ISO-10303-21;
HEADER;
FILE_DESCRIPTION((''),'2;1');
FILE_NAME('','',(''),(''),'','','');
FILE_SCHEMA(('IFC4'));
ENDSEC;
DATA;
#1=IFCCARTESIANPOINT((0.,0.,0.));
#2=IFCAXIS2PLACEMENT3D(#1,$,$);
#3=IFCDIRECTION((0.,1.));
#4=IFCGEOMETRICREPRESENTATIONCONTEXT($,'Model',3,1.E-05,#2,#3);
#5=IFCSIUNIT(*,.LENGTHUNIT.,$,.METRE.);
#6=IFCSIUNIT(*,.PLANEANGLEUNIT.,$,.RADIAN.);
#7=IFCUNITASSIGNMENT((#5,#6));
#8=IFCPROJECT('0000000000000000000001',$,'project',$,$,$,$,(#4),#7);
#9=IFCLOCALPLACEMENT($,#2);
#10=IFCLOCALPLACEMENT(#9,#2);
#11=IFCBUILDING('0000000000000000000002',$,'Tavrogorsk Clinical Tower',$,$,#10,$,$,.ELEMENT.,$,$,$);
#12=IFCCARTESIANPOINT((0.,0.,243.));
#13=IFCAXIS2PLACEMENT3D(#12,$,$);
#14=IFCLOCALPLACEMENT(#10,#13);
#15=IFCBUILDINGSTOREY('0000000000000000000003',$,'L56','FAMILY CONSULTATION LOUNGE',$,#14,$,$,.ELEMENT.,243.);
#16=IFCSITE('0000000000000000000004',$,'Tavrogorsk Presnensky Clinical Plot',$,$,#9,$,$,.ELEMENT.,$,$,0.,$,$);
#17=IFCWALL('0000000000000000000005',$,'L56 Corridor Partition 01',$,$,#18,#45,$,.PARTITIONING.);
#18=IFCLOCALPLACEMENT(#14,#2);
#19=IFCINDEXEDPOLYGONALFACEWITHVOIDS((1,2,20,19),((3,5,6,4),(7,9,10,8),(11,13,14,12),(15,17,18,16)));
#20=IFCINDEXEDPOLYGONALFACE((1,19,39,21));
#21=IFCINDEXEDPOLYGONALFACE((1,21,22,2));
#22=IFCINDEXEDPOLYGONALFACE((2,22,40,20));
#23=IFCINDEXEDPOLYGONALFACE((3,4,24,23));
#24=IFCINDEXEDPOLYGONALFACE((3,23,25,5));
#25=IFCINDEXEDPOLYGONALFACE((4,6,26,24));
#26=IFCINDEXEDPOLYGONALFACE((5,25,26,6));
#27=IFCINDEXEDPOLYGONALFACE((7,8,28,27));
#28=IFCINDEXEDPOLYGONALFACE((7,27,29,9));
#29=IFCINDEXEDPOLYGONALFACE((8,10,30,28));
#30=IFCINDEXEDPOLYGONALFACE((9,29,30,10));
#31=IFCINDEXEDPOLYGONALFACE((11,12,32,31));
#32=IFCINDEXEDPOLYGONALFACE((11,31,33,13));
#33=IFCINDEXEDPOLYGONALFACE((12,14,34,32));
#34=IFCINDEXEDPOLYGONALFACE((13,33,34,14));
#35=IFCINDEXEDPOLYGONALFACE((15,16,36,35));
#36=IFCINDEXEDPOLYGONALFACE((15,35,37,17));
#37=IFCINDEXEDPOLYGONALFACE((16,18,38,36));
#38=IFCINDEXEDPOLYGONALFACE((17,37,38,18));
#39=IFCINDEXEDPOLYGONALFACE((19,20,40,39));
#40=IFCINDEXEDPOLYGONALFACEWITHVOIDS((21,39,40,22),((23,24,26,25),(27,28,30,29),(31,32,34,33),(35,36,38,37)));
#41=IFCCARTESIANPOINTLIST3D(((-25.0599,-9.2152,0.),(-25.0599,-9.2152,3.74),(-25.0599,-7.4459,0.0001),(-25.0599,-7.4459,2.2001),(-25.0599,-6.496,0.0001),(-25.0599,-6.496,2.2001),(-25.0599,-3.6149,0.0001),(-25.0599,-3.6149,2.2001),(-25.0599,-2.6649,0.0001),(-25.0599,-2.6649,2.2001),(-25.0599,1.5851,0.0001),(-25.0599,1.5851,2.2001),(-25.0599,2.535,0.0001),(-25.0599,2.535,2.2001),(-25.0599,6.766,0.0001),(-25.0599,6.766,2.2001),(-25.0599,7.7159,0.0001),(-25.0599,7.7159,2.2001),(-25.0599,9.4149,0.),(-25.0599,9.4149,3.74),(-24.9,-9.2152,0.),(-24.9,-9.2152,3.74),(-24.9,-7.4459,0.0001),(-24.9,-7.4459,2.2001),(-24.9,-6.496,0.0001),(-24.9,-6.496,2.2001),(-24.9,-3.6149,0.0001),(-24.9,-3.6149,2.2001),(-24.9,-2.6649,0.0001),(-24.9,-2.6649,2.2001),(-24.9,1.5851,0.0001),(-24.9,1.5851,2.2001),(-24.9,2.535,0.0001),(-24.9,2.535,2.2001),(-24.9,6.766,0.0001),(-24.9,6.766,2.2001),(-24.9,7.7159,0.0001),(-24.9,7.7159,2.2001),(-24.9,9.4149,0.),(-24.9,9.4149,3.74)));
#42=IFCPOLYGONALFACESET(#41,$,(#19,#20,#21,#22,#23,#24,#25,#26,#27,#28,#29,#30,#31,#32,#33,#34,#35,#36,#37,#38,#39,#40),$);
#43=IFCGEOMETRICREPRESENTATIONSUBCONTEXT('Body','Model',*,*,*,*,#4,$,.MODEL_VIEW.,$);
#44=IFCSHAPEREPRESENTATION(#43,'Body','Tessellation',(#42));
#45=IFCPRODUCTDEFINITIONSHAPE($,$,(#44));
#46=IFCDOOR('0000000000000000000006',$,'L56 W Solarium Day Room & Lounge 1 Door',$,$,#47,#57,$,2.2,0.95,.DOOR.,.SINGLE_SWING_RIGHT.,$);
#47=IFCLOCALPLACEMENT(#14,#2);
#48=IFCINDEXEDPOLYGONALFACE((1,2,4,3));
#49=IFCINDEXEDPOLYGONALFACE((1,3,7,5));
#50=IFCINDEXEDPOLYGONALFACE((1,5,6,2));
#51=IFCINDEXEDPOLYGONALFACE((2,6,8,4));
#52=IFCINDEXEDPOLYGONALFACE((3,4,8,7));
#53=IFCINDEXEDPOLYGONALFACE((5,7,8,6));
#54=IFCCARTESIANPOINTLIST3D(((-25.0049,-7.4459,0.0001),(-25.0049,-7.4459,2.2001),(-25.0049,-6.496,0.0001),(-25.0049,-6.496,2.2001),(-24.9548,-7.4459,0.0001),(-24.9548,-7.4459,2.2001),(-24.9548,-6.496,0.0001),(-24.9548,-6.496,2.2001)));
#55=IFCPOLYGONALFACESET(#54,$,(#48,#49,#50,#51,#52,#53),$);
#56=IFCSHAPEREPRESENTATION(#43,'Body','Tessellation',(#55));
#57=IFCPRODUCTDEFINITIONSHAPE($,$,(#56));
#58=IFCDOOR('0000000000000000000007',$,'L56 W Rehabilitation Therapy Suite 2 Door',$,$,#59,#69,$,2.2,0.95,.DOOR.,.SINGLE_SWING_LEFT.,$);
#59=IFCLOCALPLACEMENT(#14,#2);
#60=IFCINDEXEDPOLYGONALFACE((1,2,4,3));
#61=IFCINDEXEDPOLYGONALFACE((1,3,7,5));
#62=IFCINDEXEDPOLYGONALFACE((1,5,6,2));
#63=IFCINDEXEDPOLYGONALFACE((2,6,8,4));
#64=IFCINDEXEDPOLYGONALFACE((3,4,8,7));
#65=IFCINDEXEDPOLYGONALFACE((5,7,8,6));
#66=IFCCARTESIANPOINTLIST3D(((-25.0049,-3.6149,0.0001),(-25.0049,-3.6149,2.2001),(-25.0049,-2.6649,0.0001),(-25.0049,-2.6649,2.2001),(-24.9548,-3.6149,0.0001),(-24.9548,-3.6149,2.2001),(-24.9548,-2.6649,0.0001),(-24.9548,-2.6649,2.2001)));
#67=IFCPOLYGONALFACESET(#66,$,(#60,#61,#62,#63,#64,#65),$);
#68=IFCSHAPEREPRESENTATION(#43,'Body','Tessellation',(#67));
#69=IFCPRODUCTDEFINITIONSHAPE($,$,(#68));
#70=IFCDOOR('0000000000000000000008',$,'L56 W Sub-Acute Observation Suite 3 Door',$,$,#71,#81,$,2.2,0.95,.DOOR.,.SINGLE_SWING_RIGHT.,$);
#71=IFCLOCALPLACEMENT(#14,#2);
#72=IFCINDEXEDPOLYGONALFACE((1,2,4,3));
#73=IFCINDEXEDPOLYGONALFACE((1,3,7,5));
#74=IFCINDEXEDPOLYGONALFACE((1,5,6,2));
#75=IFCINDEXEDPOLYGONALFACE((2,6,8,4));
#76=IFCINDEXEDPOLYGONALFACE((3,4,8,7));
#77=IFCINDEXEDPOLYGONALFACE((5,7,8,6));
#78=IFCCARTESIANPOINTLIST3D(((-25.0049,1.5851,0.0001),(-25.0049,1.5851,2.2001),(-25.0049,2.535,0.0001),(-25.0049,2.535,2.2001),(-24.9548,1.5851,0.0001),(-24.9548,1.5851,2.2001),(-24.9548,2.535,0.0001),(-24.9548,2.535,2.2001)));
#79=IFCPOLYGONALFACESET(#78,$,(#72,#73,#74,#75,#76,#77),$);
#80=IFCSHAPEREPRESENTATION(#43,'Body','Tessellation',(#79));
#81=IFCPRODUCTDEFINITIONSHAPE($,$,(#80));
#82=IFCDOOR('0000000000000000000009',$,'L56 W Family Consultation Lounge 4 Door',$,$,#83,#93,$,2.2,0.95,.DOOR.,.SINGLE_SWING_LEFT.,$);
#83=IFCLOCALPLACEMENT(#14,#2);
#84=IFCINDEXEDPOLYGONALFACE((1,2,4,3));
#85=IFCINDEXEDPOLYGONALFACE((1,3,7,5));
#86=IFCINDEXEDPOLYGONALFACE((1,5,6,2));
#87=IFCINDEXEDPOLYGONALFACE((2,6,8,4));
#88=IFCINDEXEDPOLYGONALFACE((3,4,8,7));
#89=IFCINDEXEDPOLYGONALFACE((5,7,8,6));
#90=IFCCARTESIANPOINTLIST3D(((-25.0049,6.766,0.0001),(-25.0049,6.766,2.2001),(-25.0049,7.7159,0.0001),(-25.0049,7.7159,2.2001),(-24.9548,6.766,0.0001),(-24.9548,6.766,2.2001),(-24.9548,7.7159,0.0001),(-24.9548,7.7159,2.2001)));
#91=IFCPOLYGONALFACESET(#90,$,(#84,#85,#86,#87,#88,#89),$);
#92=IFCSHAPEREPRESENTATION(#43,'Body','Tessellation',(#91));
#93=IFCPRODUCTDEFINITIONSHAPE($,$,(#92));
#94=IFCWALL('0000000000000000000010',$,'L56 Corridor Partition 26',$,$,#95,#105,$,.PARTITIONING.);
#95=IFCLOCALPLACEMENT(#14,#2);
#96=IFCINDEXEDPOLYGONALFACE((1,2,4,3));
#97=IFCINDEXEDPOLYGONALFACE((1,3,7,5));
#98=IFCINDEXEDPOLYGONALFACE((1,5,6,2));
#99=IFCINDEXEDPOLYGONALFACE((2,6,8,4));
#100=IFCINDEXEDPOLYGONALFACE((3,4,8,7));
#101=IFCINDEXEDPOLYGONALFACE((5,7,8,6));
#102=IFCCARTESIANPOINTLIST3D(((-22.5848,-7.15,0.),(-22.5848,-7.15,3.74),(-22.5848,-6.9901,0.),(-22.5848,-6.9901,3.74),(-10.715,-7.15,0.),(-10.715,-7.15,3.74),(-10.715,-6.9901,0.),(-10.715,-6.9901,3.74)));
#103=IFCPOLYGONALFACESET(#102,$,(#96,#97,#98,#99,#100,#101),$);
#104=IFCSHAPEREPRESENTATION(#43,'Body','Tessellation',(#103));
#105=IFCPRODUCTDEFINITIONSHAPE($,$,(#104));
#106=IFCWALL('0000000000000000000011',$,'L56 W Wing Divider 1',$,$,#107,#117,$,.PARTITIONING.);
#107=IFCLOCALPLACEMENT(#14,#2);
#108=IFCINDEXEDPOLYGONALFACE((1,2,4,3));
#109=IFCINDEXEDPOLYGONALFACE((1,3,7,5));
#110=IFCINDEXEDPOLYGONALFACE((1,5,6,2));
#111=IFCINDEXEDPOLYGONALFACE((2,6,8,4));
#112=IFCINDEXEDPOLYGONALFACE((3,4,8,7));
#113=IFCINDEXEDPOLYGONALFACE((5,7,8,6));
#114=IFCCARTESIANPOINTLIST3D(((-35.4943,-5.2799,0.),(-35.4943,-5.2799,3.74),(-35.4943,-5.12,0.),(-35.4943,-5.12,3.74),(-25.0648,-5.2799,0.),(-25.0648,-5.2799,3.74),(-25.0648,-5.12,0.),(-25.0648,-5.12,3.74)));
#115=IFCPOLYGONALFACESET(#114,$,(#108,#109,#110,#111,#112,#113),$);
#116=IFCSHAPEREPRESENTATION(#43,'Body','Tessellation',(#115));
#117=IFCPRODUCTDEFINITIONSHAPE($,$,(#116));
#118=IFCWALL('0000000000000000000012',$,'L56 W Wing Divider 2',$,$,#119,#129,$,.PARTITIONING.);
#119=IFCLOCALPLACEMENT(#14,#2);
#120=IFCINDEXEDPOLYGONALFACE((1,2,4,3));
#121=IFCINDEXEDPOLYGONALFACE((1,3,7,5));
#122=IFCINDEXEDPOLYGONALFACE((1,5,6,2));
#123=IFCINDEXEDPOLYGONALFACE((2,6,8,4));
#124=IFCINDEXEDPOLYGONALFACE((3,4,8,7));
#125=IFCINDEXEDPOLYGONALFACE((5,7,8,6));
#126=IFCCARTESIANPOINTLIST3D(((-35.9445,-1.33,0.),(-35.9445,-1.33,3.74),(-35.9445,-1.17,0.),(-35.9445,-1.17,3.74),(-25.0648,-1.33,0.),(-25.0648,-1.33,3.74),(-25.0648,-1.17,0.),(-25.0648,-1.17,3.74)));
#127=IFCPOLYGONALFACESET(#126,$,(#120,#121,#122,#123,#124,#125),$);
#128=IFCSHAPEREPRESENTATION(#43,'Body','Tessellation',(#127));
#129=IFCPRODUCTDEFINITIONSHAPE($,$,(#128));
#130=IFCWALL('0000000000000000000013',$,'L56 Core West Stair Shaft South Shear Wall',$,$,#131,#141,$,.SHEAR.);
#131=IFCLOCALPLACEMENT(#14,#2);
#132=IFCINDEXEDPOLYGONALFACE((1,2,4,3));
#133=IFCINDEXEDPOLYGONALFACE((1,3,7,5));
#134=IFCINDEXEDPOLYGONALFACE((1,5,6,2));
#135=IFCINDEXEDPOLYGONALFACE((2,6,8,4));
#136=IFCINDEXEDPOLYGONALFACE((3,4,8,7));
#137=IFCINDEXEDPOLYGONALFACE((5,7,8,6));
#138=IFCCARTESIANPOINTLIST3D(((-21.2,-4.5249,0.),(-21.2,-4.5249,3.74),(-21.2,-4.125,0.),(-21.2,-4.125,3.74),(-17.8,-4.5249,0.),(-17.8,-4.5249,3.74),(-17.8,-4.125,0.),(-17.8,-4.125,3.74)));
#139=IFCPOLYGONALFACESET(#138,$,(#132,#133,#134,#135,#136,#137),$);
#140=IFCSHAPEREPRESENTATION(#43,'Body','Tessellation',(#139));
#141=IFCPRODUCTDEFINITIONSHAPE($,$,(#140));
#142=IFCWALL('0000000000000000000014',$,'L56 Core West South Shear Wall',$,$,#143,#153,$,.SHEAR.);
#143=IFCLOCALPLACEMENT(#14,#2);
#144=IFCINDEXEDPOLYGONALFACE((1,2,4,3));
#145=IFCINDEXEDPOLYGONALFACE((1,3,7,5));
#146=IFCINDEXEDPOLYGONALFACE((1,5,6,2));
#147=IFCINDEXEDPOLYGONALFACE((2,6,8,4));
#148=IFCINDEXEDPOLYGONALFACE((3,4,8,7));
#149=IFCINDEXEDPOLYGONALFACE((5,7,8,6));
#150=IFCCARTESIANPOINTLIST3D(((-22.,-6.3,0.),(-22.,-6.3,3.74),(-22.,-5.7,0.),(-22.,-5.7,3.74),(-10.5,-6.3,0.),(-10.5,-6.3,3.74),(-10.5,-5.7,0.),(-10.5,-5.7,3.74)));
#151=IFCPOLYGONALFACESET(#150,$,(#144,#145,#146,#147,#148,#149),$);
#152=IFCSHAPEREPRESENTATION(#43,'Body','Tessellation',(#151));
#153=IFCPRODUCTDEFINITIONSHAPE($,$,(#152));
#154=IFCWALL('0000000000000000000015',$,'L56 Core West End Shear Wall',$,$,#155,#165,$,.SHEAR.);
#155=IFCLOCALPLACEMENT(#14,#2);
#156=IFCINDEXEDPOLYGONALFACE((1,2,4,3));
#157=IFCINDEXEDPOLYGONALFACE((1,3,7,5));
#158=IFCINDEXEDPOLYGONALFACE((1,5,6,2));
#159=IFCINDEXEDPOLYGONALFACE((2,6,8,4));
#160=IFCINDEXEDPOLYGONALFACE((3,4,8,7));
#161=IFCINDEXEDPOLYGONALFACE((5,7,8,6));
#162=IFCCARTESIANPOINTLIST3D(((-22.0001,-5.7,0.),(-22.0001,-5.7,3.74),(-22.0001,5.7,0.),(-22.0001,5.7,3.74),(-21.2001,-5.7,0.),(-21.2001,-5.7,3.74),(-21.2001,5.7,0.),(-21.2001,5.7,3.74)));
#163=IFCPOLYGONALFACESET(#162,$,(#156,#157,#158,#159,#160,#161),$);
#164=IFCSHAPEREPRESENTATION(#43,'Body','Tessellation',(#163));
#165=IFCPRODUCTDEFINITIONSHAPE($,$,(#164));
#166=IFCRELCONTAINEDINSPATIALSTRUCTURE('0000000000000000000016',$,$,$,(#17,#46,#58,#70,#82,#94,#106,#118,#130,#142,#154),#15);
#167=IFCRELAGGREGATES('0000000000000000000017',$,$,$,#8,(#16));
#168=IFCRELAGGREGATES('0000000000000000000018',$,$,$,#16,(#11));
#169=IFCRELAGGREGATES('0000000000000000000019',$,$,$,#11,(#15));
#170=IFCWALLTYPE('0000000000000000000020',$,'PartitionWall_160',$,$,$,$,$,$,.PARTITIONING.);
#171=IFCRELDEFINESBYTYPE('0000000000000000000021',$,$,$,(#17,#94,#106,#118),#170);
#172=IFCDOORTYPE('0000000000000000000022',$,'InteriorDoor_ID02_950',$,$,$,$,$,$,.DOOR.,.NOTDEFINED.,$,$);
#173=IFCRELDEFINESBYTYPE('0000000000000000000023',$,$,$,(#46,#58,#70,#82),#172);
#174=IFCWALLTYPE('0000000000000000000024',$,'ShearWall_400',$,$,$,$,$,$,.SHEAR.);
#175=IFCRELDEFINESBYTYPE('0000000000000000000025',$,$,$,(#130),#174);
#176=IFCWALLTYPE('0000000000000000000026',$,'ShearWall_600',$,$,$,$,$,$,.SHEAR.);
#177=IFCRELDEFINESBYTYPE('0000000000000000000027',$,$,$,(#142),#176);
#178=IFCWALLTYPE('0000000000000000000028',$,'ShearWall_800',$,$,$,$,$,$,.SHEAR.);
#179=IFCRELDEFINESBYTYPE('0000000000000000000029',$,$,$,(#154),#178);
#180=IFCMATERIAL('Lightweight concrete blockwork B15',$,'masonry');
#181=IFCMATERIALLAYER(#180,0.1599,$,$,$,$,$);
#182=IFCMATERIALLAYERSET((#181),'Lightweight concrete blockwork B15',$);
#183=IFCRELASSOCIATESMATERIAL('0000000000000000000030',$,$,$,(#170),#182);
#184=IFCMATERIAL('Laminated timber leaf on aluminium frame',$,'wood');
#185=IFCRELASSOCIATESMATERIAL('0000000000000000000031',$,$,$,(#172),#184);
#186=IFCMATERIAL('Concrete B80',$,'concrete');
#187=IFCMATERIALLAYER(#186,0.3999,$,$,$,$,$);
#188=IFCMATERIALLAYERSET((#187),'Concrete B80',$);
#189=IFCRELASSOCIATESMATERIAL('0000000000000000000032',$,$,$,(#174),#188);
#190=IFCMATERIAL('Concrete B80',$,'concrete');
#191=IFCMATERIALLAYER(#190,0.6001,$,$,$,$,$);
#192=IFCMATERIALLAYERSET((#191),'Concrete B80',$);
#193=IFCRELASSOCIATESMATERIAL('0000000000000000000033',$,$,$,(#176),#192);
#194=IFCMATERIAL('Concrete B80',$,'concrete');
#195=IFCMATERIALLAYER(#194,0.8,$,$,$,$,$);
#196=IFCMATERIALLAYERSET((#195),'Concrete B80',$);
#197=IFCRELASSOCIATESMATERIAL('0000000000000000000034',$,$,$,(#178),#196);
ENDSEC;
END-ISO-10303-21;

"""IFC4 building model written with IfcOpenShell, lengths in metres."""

from ifc_helpers import new_model, si_unit, direction, frame, frame_2d, origin, place, context, subcontext, project, spatial, rectangle, extrude, material, layer, layer_set, type_object, element, fill, save


model = new_model("IFC4")

# Units and contexts
model_context = context("Model", 3, precision=1e-05, world=origin(), true_north=direction((0.0, 1.0)))
body_context = subcontext(model_context, "Body", "Model", "MODEL_VIEW")
ifc_project = project(units=[si_unit("LENGTHUNIT", "METRE"), si_unit("PLANEANGLEUNIT", "RADIAN")], contexts=[model_context])

# Site, building, storey
site_placement = place(None, origin())
site = spatial("IfcSite", under=ifc_project, at=site_placement, Name="Tavrogorsk Presnensky Clinical Plot", CompositionType="ELEMENT", RefElevation=0.0)
building_placement = place(site_placement, origin())
building = spatial("IfcBuilding", under=site, at=building_placement, Name="Tavrogorsk Clinical Tower", CompositionType="ELEMENT")
storey_placement = place(building_placement, frame((0.0, 0.0, 243.0)))
storey = spatial("IfcBuildingStorey", under=building, at=storey_placement, Name="L56", Description="FAMILY CONSULTATION LOUNGE", CompositionType="ELEMENT", Elevation=243.0)

# Wall, openings, doors
ifc_material_1 = material(Name="Lightweight concrete blockwork B15", Category="masonry")
ifc_layer_1 = layer(ifc_material_1, 0.1599)
ifc_layer_set_1 = layer_set([ifc_layer_1], Name="Lightweight concrete blockwork B15")
wall_type_1 = type_object("IfcWallType", Name="PartitionWall_160", PredefinedType="PARTITIONING", material=ifc_layer_set_1)
wall_1_placement = place(storey_placement, frame((-24.98, -9.2151, 0.0), z_axis=(0.0, 0.0, 1.0), x_axis=(0.0, 1.0, 0.0)))
wall_1 = element("IfcWall", 1, at=wall_1_placement, inside=storey, type_object=wall_type_1, Name="L56 Corridor Partition 01", PredefinedType="PARTITIONING", context=body_context, shape_type="SweptSolid", body=[
    extrude(rectangle(XDim=18.6301, YDim=0.1599, at=frame_2d((9.3149, 0.0))), origin(), (0.0, 0.0, 1.0), 3.74),
])
opening_1_placement = place(wall_1_placement, frame((1.769, 0.0, 0.0)))
opening_1 = element("IfcOpeningElement", 2, at=opening_1_placement, cuts=wall_1, PredefinedType="OPENING", context=body_context, shape_type="SweptSolid", body=[
    extrude(rectangle(XDim=0.95, YDim=2.2, at=frame_2d((0.4751, 1.1001))), frame((0.0, 0.0898, 0.0), z_axis=(0.0, -1.0, 0.0), x_axis=(1.0, 0.0, 0.0)), (0.0, 0.0, 1.0), 0.1799),
])
opening_2_placement = place(wall_1_placement, frame((5.6001, 0.0, 0.0)))
opening_2 = element("IfcOpeningElement", 3, at=opening_2_placement, cuts=wall_1, PredefinedType="OPENING", context=body_context, shape_type="SweptSolid", body=[
    extrude(rectangle(XDim=0.95, YDim=2.2, at=frame_2d((0.4751, 1.1001))), frame((0.0, 0.0898, 0.0), z_axis=(0.0, -1.0, 0.0), x_axis=(1.0, 0.0, 0.0)), (0.0, 0.0, 1.0), 0.1799),
])
opening_3_placement = place(wall_1_placement, frame((10.8, 0.0, 0.0)))
opening_3 = element("IfcOpeningElement", 4, at=opening_3_placement, cuts=wall_1, PredefinedType="OPENING", context=body_context, shape_type="SweptSolid", body=[
    extrude(rectangle(XDim=0.95, YDim=2.2, at=frame_2d((0.4751, 1.1001))), frame((0.0, 0.0898, 0.0), z_axis=(0.0, -1.0, 0.0), x_axis=(1.0, 0.0, 0.0)), (0.0, 0.0, 1.0), 0.1799),
])
opening_4_placement = place(wall_1_placement, frame((15.981, 0.0, 0.0)))
opening_4 = element("IfcOpeningElement", 5, at=opening_4_placement, cuts=wall_1, PredefinedType="OPENING", context=body_context, shape_type="SweptSolid", body=[
    extrude(rectangle(XDim=0.95, YDim=2.2, at=frame_2d((0.4751, 1.1001))), frame((0.0, 0.0898, 0.0), z_axis=(0.0, -1.0, 0.0), x_axis=(1.0, 0.0, 0.0)), (0.0, 0.0, 1.0), 0.1799),
])
ifc_material_2 = material(Name="Laminated timber leaf on aluminium frame", Category="wood")
door_type = type_object("IfcDoorType", Name="InteriorDoor_ID02_950", OperationType="NOTDEFINED", PredefinedType="DOOR", material=ifc_material_2)
door_1_placement = place(opening_1_placement, origin())
door_1 = element("IfcDoor", 6, at=door_1_placement, inside=storey, type_object=door_type, Name="L56 W Solarium Day Room & Lounge 1 Door", OperationType="SINGLE_SWING_RIGHT", OverallHeight=2.2, OverallWidth=0.95, PredefinedType="DOOR", context=body_context, shape_type="SweptSolid", body=[
    extrude(rectangle(XDim=0.95, YDim=2.2, at=frame_2d((0.4751, 1.1001))), frame((0.0, 0.0249, 0.0), z_axis=(0.0, -1.0, 0.0), x_axis=(1.0, 0.0, 0.0)), (0.0, 0.0, 1.0), 0.05),
])
fill(opening_1, door_1)
door_2_placement = place(opening_2_placement, origin())
door_2 = element("IfcDoor", 7, at=door_2_placement, inside=storey, type_object=door_type, Name="L56 W Rehabilitation Therapy Suite 2 Door", OperationType="SINGLE_SWING_LEFT", OverallHeight=2.2, OverallWidth=0.95, PredefinedType="DOOR", context=body_context, shape_type="SweptSolid", body=[
    extrude(rectangle(XDim=0.95, YDim=2.2, at=frame_2d((0.4751, 1.1001))), frame((0.0, 0.0249, 0.0), z_axis=(0.0, -1.0, 0.0), x_axis=(1.0, 0.0, 0.0)), (0.0, 0.0, 1.0), 0.05),
])
fill(opening_2, door_2)
door_3_placement = place(opening_3_placement, origin())
door_3 = element("IfcDoor", 8, at=door_3_placement, inside=storey, type_object=door_type, Name="L56 W Sub-Acute Observation Suite 3 Door", OperationType="SINGLE_SWING_RIGHT", OverallHeight=2.2, OverallWidth=0.95, PredefinedType="DOOR", context=body_context, shape_type="SweptSolid", body=[
    extrude(rectangle(XDim=0.95, YDim=2.2, at=frame_2d((0.4751, 1.1001))), frame((0.0, 0.0249, 0.0), z_axis=(0.0, -1.0, 0.0), x_axis=(1.0, 0.0, 0.0)), (0.0, 0.0, 1.0), 0.05),
])
fill(opening_3, door_3)
door_4_placement = place(opening_4_placement, origin())
door_4 = element("IfcDoor", 9, at=door_4_placement, inside=storey, type_object=door_type, Name="L56 W Family Consultation Lounge 4 Door", OperationType="SINGLE_SWING_LEFT", OverallHeight=2.2, OverallWidth=0.95, PredefinedType="DOOR", context=body_context, shape_type="SweptSolid", body=[
    extrude(rectangle(XDim=0.95, YDim=2.2, at=frame_2d((0.4751, 1.1001))), frame((0.0, 0.0249, 0.0), z_axis=(0.0, -1.0, 0.0), x_axis=(1.0, 0.0, 0.0)), (0.0, 0.0, 1.0), 0.05),
])
fill(opening_4, door_4)

# Walls
wall_2_placement = place(storey_placement, frame((-22.585, -7.0701, 0.0), z_axis=(0.0, 0.0, 1.0), x_axis=(1.0, 0.0, 0.0)))
element("IfcWall", 10, at=wall_2_placement, inside=storey, type_object=wall_type_1, Name="L56 Corridor Partition 26", PredefinedType="PARTITIONING", context=body_context, shape_type="SweptSolid", body=[
    extrude(rectangle(XDim=11.8699, YDim=0.1599, at=frame_2d((5.9351, 0.0))), origin(), (0.0, 0.0, 1.0), 3.74),
])
wall_3_placement = place(storey_placement, frame((-35.4944, -5.2, 0.0), z_axis=(0.0, 0.0, 1.0), x_axis=(1.0, 0.0, 0.0)))
element("IfcWall", 11, at=wall_3_placement, inside=storey, type_object=wall_type_1, Name="L56 W Wing Divider 1", PredefinedType="PARTITIONING", context=body_context, shape_type="SweptSolid", body=[
    extrude(rectangle(XDim=10.4294, YDim=0.1599, at=frame_2d((5.2148, 0.0))), origin(), (0.0, 0.0, 1.0), 3.74),
])
wall_4_placement = place(storey_placement, frame((-35.9446, -1.25, 0.0), z_axis=(0.0, 0.0, 1.0), x_axis=(1.0, 0.0, 0.0)))
element("IfcWall", 12, at=wall_4_placement, inside=storey, type_object=wall_type_1, Name="L56 W Wing Divider 2", PredefinedType="PARTITIONING", context=body_context, shape_type="SweptSolid", body=[
    extrude(rectangle(XDim=10.8796, YDim=0.1599, at=frame_2d((5.4399, 0.0))), origin(), (0.0, 0.0, 1.0), 3.74),
])
ifc_material_3 = material(Name="Concrete B80", Category="concrete")
ifc_layer_2 = layer(ifc_material_3, 0.3999)
ifc_layer_set_2 = layer_set([ifc_layer_2], Name="Concrete B80")
wall_type_2 = type_object("IfcWallType", Name="ShearWall_400", PredefinedType="SHEAR", material=ifc_layer_set_2)
wall_5_placement = place(storey_placement, frame((-21.2, -4.325, 0.0), z_axis=(0.0, 0.0, 1.0), x_axis=(1.0, 0.0, 0.0)))
element("IfcWall", 13, at=wall_5_placement, inside=storey, type_object=wall_type_2, Name="L56 Core West Stair Shaft South Shear Wall", PredefinedType="SHEAR", context=body_context, shape_type="SweptSolid", body=[
    extrude(rectangle(XDim=3.3999, YDim=0.3999, at=frame_2d((1.7, 0.0))), origin(), (0.0, 0.0, 1.0), 3.74),
])
ifc_material_4 = material(Name="Concrete B80", Category="concrete")
ifc_layer_3 = layer(ifc_material_4, 0.6001)
ifc_layer_set_3 = layer_set([ifc_layer_3], Name="Concrete B80")
wall_type_3 = type_object("IfcWallType", Name="ShearWall_600", PredefinedType="SHEAR", material=ifc_layer_set_3)
wall_6_placement = place(storey_placement, frame((-22.0, -6.0, 0.0), z_axis=(0.0, 0.0, 1.0), x_axis=(1.0, 0.0, 0.0)))
element("IfcWall", 14, at=wall_6_placement, inside=storey, type_object=wall_type_3, Name="L56 Core West South Shear Wall", PredefinedType="SHEAR", context=body_context, shape_type="SweptSolid", body=[
    extrude(rectangle(XDim=11.5, YDim=0.6001, at=frame_2d((5.75, 0.0))), origin(), (0.0, 0.0, 1.0), 3.74),
])
ifc_material_5 = material(Name="Concrete B80", Category="concrete")
ifc_layer_4 = layer(ifc_material_5, 0.8)
ifc_layer_set_4 = layer_set([ifc_layer_4], Name="Concrete B80")
wall_type_4 = type_object("IfcWallType", Name="ShearWall_800", PredefinedType="SHEAR", material=ifc_layer_set_4)
wall_7_placement = place(storey_placement, frame((-21.6001, -5.7, 0.0), z_axis=(0.0, 0.0, 1.0), x_axis=(0.0, 1.0, 0.0)))
element("IfcWall", 15, at=wall_7_placement, inside=storey, type_object=wall_type_4, Name="L56 Core West End Shear Wall", PredefinedType="SHEAR", context=body_context, shape_type="SweptSolid", body=[
    extrude(rectangle(XDim=11.3999, YDim=0.8, at=frame_2d((5.7, 0.0))), origin(), (0.0, 0.0, 1.0), 3.74),
])

save(model, "model.ifc")
